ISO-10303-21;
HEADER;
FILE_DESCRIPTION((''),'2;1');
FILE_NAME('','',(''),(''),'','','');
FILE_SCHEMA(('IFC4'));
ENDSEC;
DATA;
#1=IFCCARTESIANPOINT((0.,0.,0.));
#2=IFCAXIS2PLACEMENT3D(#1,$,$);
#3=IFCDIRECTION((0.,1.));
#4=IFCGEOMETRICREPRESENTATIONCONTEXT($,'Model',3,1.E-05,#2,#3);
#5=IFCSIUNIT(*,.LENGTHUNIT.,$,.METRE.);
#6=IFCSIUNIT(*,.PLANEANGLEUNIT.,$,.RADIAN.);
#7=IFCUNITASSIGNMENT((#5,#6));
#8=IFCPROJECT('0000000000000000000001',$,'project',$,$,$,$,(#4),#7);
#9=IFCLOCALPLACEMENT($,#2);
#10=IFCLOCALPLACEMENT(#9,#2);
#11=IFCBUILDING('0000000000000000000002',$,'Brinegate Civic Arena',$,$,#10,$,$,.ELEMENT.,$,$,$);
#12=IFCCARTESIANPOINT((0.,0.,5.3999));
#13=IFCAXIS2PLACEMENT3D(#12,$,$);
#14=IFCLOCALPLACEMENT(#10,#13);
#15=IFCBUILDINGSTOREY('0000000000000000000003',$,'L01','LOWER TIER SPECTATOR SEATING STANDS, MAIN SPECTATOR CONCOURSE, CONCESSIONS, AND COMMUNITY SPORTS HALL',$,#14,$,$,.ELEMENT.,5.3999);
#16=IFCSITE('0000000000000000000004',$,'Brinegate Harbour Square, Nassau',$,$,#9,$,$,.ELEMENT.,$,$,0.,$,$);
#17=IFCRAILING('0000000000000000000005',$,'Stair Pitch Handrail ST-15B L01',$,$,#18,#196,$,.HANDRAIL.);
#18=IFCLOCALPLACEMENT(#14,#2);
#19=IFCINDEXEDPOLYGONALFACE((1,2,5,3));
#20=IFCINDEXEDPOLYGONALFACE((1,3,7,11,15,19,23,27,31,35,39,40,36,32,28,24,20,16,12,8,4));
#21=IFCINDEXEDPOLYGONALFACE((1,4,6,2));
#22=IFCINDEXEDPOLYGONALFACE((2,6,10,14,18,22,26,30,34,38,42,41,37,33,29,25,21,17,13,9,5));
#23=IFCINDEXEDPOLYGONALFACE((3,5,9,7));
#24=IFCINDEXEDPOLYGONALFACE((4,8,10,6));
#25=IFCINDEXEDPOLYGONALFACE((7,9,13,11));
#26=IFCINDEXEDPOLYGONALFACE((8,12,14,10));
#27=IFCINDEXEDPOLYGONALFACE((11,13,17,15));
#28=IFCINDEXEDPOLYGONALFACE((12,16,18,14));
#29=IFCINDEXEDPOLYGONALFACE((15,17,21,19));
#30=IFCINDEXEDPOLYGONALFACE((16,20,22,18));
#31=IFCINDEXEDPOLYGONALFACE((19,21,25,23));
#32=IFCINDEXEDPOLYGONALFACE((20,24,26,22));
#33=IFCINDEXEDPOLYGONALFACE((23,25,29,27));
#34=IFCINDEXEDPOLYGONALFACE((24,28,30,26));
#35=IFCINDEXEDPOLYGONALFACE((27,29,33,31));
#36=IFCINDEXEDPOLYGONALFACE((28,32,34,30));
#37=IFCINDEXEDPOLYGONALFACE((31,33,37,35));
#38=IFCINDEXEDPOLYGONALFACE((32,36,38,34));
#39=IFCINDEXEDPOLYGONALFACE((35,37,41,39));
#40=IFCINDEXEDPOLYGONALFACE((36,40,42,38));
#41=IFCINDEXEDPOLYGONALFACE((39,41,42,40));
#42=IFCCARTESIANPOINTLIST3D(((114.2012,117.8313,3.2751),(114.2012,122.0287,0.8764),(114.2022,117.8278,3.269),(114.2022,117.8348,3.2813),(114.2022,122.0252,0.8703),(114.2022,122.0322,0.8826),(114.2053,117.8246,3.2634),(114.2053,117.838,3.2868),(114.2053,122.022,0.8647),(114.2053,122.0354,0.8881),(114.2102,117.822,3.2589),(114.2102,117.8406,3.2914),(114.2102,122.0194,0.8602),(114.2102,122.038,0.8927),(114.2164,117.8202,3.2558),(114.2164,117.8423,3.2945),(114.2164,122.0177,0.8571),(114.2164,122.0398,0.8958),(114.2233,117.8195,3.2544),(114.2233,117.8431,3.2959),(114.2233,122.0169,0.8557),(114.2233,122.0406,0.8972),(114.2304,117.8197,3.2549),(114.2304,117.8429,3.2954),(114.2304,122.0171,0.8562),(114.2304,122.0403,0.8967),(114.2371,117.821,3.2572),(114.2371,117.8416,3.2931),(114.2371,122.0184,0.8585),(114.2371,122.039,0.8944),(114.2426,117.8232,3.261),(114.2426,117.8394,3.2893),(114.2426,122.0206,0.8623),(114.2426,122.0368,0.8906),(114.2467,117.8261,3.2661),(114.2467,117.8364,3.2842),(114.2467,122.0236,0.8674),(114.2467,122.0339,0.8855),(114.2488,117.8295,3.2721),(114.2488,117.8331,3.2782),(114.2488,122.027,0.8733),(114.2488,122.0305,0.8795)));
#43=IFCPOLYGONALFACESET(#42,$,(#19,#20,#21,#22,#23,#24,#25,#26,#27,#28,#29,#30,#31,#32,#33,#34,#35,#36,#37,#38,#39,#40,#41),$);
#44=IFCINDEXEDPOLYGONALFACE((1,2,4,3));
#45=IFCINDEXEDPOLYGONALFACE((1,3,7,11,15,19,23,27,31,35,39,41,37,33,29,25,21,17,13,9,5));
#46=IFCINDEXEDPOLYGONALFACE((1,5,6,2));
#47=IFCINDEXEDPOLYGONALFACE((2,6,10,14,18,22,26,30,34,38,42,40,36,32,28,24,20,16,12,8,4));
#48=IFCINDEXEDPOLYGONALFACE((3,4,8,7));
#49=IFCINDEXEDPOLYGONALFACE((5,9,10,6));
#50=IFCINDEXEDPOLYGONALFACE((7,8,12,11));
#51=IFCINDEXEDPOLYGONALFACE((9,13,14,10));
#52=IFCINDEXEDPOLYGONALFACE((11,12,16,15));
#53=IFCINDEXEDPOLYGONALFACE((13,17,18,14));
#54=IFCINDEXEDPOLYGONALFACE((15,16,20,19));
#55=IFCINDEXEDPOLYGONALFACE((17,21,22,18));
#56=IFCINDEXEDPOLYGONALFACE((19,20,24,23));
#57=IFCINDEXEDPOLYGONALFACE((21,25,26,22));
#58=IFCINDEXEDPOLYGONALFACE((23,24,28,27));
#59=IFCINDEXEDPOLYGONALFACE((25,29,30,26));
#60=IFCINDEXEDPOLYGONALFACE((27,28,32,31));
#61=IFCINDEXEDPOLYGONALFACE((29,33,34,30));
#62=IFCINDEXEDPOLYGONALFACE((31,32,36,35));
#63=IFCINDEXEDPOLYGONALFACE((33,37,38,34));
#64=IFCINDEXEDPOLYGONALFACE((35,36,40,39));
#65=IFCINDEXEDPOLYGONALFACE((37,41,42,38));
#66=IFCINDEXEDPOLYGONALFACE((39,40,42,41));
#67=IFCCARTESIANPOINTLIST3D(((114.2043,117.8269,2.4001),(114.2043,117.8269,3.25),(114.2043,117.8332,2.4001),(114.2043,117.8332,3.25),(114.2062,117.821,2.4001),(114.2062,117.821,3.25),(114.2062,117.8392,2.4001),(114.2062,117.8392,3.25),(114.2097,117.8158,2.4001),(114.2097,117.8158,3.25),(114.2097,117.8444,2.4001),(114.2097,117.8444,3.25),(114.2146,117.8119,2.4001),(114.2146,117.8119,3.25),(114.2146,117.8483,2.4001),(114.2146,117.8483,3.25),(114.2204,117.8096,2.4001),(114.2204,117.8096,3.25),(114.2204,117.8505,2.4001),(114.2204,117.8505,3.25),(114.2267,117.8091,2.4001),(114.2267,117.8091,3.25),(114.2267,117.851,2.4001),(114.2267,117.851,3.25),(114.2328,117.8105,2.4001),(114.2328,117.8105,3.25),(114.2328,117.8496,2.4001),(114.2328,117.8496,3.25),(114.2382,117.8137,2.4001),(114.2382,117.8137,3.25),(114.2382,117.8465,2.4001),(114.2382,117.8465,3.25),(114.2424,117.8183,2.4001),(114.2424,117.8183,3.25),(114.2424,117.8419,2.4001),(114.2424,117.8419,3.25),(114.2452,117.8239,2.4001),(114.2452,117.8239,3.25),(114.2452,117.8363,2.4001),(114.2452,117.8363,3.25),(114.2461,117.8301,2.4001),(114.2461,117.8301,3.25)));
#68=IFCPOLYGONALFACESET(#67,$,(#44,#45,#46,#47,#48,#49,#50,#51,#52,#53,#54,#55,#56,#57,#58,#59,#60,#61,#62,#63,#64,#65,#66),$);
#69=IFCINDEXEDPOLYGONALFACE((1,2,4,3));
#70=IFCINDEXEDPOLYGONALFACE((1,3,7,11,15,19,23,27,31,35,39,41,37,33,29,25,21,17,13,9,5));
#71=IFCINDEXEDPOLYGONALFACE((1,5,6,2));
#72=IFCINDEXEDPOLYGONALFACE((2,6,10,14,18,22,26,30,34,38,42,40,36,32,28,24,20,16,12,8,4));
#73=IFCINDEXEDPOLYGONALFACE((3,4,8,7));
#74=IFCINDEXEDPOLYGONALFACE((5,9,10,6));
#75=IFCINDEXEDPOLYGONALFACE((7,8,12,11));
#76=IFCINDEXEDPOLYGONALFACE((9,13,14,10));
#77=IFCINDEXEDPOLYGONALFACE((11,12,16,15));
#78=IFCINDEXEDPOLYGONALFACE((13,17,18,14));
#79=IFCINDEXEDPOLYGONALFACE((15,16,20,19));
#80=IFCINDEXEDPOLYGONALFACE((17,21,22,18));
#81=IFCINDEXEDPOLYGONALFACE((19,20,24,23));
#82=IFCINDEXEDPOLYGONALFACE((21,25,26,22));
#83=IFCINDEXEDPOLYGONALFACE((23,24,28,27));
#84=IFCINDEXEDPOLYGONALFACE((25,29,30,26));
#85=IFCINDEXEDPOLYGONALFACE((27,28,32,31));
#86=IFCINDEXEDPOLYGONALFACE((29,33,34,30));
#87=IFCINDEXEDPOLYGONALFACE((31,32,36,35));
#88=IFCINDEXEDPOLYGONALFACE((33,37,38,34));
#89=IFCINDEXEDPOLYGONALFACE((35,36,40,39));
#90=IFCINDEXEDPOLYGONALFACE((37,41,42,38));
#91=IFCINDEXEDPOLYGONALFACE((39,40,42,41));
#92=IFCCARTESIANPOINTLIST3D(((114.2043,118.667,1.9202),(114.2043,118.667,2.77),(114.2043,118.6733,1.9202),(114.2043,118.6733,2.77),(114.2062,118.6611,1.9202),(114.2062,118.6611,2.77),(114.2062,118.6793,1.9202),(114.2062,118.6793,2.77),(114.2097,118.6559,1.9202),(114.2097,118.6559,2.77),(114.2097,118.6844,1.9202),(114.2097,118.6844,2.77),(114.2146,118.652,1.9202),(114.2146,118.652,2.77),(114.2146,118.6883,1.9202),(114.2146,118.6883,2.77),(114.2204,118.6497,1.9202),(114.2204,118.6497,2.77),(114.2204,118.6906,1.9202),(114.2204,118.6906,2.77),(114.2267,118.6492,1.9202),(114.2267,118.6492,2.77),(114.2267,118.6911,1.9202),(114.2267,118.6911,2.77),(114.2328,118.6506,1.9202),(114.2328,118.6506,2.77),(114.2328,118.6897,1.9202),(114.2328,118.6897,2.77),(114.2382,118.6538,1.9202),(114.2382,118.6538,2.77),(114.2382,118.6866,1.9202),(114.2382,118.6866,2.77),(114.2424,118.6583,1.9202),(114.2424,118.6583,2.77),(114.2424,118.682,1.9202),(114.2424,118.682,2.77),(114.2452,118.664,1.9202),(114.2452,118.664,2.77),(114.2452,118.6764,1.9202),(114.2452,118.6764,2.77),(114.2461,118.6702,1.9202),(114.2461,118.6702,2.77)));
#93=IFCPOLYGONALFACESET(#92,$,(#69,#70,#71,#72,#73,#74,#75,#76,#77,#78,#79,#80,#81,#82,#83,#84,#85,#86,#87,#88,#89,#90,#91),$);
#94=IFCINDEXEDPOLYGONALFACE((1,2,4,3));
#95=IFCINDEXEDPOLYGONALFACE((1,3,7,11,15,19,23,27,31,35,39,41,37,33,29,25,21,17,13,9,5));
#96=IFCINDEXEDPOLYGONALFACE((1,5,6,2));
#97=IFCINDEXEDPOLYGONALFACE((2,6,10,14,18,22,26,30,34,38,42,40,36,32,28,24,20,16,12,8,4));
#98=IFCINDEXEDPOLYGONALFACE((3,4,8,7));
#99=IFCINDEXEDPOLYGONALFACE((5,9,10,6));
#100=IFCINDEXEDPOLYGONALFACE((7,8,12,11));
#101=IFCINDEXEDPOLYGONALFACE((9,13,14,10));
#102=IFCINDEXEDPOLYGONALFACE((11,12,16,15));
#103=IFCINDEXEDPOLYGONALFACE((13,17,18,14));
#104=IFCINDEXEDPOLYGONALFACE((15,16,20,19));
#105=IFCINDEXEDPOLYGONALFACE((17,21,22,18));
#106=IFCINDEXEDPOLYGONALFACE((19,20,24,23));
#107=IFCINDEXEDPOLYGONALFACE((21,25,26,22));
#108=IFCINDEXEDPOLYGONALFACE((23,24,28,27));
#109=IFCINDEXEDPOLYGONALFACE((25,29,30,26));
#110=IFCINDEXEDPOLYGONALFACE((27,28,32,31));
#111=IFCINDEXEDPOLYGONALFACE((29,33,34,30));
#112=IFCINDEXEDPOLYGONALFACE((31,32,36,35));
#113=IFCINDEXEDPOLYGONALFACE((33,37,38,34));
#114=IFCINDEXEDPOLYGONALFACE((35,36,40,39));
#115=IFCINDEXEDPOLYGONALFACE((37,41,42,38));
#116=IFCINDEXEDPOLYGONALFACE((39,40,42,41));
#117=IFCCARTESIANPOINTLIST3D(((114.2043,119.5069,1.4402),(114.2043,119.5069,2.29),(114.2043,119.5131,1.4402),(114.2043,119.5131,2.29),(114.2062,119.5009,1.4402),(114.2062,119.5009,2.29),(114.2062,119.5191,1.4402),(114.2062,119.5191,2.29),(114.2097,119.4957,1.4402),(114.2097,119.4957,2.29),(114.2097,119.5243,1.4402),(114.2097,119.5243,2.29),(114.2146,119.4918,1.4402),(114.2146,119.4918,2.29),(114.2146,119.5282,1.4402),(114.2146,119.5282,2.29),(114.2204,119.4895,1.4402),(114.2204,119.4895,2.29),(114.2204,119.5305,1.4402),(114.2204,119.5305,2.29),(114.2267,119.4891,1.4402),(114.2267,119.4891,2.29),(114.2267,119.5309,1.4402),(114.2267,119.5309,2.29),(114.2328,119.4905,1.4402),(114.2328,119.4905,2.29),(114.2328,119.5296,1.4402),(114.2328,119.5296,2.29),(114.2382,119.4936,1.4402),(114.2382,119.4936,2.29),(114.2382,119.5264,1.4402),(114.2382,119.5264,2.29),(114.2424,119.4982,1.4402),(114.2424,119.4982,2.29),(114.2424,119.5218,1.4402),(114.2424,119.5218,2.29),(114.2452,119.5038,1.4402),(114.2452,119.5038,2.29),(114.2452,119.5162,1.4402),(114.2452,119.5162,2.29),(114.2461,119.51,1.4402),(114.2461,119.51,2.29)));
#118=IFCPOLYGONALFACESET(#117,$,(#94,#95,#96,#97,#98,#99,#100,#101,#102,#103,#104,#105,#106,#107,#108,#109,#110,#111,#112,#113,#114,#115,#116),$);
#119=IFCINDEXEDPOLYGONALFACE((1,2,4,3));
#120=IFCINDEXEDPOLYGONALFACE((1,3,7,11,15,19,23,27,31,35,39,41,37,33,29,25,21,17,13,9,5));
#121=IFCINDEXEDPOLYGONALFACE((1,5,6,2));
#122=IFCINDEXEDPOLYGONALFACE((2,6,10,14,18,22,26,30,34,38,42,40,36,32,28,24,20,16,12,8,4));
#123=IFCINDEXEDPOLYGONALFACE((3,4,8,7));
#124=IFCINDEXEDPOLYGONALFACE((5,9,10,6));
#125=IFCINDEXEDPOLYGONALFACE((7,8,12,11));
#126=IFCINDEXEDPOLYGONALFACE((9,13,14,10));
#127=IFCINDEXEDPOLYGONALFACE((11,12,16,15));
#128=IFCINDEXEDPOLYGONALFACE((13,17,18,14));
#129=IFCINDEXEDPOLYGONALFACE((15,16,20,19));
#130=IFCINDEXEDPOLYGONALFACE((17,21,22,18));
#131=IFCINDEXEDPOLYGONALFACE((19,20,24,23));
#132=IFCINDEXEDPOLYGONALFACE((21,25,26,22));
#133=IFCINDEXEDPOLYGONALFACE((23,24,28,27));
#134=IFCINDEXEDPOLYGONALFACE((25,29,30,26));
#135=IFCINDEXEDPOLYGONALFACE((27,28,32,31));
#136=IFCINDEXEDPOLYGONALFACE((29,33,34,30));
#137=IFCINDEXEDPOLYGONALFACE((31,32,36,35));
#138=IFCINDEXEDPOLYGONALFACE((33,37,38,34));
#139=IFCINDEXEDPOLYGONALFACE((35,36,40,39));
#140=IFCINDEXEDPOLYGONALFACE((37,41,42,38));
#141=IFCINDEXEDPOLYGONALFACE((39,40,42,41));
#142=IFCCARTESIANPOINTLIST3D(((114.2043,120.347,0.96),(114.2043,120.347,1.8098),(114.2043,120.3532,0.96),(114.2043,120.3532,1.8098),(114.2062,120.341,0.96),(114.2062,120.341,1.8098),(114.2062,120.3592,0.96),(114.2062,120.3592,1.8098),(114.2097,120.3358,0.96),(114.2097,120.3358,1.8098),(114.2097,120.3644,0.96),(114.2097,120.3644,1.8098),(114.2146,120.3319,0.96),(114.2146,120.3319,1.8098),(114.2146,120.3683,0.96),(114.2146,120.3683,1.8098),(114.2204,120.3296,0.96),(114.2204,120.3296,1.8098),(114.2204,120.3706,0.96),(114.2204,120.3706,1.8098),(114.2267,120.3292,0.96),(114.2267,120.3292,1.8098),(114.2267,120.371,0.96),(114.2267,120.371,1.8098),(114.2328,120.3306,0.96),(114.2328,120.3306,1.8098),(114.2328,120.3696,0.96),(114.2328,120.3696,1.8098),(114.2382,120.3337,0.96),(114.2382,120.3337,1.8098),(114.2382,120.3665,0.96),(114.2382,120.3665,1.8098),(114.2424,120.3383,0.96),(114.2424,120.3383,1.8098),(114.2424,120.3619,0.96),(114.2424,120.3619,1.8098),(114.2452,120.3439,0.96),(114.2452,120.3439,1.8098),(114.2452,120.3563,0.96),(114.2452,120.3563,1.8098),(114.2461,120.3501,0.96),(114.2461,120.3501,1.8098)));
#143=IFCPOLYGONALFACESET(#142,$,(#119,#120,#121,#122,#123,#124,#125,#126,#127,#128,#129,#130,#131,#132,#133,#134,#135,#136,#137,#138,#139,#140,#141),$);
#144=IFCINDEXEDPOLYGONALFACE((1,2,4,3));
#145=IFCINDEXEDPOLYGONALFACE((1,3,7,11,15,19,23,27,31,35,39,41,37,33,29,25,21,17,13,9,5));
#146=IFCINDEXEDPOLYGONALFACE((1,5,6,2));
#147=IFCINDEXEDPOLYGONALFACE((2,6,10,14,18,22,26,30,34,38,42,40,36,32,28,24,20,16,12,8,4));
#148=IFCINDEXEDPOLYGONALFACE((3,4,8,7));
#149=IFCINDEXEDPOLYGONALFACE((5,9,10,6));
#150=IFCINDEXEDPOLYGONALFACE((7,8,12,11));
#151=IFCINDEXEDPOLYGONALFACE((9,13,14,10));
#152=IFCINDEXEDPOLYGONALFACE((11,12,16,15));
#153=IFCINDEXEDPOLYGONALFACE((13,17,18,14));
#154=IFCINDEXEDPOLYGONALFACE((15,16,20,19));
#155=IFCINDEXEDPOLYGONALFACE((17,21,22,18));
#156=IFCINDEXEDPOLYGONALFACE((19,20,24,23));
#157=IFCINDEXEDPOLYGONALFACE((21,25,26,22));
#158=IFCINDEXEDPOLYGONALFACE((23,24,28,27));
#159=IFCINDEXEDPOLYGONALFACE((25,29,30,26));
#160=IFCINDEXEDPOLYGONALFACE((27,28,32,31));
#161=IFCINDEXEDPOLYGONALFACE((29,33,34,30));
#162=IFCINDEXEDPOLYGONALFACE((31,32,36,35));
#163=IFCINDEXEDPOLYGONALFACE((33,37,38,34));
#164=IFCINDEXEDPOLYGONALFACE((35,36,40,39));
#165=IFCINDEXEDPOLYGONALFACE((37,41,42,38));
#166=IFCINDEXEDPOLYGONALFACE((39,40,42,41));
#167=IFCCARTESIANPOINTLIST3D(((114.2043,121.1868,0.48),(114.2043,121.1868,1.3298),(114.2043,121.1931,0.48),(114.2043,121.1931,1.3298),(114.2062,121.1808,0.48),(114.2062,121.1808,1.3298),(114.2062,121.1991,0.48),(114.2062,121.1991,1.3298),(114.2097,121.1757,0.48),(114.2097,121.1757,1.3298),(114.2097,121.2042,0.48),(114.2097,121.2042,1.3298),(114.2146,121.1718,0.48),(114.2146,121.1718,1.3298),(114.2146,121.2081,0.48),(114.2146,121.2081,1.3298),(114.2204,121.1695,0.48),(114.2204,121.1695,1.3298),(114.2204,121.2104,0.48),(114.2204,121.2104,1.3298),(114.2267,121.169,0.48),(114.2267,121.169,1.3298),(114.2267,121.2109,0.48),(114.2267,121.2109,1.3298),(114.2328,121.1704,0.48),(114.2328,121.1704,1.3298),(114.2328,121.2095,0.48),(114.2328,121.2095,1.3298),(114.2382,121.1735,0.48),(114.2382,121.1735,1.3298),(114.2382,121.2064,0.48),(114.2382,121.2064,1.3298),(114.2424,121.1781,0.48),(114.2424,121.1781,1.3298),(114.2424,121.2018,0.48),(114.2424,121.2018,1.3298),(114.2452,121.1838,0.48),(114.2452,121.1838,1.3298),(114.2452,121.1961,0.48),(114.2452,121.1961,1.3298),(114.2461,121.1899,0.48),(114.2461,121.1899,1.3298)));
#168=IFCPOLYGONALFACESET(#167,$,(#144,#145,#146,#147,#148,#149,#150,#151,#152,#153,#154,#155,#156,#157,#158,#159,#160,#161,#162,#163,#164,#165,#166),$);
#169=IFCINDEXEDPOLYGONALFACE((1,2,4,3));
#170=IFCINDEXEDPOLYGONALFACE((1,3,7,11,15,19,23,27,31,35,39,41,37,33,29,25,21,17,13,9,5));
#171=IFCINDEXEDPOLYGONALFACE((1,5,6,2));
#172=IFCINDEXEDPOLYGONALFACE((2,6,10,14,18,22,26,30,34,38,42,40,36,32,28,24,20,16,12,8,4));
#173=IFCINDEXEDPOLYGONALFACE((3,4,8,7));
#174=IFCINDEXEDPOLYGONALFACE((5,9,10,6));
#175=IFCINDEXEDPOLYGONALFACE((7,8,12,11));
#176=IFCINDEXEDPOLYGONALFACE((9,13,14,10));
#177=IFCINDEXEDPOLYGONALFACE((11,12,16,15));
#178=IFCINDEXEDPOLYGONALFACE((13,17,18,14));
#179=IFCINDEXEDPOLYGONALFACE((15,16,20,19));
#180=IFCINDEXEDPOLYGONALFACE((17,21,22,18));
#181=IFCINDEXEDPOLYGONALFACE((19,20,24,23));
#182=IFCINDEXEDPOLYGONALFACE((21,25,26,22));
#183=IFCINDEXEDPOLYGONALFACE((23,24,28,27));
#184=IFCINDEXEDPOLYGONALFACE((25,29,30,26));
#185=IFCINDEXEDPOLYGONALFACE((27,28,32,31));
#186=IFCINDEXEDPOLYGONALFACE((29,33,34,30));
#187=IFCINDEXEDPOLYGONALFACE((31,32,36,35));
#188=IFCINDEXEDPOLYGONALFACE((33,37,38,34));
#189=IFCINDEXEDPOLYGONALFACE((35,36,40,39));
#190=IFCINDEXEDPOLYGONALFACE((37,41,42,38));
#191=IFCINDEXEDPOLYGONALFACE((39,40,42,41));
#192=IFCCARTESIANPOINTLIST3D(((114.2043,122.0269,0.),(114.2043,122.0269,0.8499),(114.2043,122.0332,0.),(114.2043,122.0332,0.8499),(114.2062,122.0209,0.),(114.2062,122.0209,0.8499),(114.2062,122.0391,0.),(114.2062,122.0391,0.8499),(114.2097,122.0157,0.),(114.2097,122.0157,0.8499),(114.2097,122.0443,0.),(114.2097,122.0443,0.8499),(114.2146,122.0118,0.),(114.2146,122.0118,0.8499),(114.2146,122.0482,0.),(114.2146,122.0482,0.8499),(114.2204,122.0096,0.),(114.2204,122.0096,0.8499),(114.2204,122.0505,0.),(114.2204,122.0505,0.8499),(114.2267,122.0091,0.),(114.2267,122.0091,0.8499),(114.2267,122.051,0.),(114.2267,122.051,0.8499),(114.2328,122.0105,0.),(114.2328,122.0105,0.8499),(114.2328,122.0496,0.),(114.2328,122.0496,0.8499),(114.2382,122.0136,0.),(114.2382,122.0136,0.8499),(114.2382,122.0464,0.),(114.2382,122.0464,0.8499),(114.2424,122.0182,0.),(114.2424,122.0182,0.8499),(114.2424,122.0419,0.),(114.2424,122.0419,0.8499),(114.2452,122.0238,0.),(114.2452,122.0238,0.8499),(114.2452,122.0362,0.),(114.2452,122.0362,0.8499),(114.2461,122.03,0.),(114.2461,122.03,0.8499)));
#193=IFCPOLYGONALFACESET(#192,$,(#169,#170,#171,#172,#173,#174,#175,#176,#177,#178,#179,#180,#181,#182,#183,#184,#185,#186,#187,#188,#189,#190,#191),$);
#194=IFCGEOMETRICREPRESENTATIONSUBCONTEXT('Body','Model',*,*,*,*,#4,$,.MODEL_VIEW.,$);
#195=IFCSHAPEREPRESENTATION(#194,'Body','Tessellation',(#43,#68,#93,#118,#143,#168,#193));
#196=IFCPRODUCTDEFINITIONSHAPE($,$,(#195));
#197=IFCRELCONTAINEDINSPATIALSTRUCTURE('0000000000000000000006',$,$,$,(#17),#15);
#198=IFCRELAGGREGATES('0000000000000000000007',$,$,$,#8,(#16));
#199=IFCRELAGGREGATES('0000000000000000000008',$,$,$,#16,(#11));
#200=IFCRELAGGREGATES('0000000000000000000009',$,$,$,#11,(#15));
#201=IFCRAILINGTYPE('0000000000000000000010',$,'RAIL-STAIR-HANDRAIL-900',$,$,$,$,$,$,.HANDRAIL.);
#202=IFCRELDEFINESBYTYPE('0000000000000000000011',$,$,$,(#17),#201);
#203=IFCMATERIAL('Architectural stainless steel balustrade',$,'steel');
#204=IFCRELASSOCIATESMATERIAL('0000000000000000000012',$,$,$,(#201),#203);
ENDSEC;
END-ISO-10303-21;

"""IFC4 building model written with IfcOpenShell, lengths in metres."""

from ifc_helpers import new_model, si_unit, direction, frame, origin, origin_2d, place, context, subcontext, project, spatial, circle, extrude, material, type_object, element, save


model = new_model("IFC4")

# Units and contexts
model_context = context("Model", 3, precision=1e-05, world=origin(), true_north=direction((0.0, 1.0)))
body_context = subcontext(model_context, "Body", "Model", "MODEL_VIEW")
ifc_project = project(units=[si_unit("LENGTHUNIT", "METRE"), si_unit("PLANEANGLEUNIT", "RADIAN")], contexts=[model_context])

# Site, building, storey
site_placement = place(None, origin())
site = spatial("IfcSite", under=ifc_project, at=site_placement, Name="Brinegate Harbour Square, Nassau", CompositionType="ELEMENT", RefElevation=0.0)
building_placement = place(site_placement, origin())
building = spatial("IfcBuilding", under=site, at=building_placement, Name="Brinegate Civic Arena", CompositionType="ELEMENT")
storey_placement = place(building_placement, frame((0.0, 0.0, 5.3999)))
storey = spatial("IfcBuildingStorey", under=building, at=storey_placement, Name="L01", Description="LOWER TIER SPECTATOR SEATING STANDS, MAIN SPECTATOR CONCOURSE, CONCESSIONS, AND COMMUNITY SPORTS HALL", CompositionType="ELEMENT", Elevation=5.3999)

# Railing
ifc_material_1 = material(Name="Architectural stainless steel balustrade", Category="steel")
railing_type_1 = type_object("IfcRailingType", Name="RAIL-STAIR-HANDRAIL-900", PredefinedType="HANDRAIL", material=ifc_material_1)
for number, where, name in (
    (1, (114.2251, 117.8301, 2.4001), "Stair Pitch Handrail ST-15B L01"),
):
    element("IfcRailing", number, at=place(storey_placement, frame(where)), inside=storey, type_object=railing_type_1, Name=name, PredefinedType="HANDRAIL", context=body_context, shape_type="SweptSolid", body=[
        extrude(circle(Radius=0.0239, at=origin_2d()), frame((0.0, 0.0012, 0.875), z_axis=(0.0, 0.868228, -0.496166), x_axis=(-1.0, 0.0, 0.0)), (0.0, 0.0, 1.0), 4.8345),
        extrude(circle(Radius=0.021, at=origin_2d()), origin(), (0.0, 0.0, 1.0), 0.8499),
        extrude(circle(Radius=0.021, at=origin_2d()), frame((0.0, 0.8401, -0.48)), (0.0, 0.0, 1.0), 0.8499),
        extrude(circle(Radius=0.021, at=origin_2d()), frame((0.0, 1.6799, -0.96)), (0.0, 0.0, 1.0), 0.8499),
        extrude(circle(Radius=0.021, at=origin_2d()), frame((0.0, 2.52, -1.4402)), (0.0, 0.0, 1.0), 0.8499),
        extrude(circle(Radius=0.021, at=origin_2d()), frame((0.0, 3.3599, -1.9202)), (0.0, 0.0, 1.0), 0.8499),
        extrude(circle(Radius=0.021, at=origin_2d()), frame((0.0, 4.2, -2.4001)), (0.0, 0.0, 1.0), 0.8499),
    ])

save(model, "model.ifc")
